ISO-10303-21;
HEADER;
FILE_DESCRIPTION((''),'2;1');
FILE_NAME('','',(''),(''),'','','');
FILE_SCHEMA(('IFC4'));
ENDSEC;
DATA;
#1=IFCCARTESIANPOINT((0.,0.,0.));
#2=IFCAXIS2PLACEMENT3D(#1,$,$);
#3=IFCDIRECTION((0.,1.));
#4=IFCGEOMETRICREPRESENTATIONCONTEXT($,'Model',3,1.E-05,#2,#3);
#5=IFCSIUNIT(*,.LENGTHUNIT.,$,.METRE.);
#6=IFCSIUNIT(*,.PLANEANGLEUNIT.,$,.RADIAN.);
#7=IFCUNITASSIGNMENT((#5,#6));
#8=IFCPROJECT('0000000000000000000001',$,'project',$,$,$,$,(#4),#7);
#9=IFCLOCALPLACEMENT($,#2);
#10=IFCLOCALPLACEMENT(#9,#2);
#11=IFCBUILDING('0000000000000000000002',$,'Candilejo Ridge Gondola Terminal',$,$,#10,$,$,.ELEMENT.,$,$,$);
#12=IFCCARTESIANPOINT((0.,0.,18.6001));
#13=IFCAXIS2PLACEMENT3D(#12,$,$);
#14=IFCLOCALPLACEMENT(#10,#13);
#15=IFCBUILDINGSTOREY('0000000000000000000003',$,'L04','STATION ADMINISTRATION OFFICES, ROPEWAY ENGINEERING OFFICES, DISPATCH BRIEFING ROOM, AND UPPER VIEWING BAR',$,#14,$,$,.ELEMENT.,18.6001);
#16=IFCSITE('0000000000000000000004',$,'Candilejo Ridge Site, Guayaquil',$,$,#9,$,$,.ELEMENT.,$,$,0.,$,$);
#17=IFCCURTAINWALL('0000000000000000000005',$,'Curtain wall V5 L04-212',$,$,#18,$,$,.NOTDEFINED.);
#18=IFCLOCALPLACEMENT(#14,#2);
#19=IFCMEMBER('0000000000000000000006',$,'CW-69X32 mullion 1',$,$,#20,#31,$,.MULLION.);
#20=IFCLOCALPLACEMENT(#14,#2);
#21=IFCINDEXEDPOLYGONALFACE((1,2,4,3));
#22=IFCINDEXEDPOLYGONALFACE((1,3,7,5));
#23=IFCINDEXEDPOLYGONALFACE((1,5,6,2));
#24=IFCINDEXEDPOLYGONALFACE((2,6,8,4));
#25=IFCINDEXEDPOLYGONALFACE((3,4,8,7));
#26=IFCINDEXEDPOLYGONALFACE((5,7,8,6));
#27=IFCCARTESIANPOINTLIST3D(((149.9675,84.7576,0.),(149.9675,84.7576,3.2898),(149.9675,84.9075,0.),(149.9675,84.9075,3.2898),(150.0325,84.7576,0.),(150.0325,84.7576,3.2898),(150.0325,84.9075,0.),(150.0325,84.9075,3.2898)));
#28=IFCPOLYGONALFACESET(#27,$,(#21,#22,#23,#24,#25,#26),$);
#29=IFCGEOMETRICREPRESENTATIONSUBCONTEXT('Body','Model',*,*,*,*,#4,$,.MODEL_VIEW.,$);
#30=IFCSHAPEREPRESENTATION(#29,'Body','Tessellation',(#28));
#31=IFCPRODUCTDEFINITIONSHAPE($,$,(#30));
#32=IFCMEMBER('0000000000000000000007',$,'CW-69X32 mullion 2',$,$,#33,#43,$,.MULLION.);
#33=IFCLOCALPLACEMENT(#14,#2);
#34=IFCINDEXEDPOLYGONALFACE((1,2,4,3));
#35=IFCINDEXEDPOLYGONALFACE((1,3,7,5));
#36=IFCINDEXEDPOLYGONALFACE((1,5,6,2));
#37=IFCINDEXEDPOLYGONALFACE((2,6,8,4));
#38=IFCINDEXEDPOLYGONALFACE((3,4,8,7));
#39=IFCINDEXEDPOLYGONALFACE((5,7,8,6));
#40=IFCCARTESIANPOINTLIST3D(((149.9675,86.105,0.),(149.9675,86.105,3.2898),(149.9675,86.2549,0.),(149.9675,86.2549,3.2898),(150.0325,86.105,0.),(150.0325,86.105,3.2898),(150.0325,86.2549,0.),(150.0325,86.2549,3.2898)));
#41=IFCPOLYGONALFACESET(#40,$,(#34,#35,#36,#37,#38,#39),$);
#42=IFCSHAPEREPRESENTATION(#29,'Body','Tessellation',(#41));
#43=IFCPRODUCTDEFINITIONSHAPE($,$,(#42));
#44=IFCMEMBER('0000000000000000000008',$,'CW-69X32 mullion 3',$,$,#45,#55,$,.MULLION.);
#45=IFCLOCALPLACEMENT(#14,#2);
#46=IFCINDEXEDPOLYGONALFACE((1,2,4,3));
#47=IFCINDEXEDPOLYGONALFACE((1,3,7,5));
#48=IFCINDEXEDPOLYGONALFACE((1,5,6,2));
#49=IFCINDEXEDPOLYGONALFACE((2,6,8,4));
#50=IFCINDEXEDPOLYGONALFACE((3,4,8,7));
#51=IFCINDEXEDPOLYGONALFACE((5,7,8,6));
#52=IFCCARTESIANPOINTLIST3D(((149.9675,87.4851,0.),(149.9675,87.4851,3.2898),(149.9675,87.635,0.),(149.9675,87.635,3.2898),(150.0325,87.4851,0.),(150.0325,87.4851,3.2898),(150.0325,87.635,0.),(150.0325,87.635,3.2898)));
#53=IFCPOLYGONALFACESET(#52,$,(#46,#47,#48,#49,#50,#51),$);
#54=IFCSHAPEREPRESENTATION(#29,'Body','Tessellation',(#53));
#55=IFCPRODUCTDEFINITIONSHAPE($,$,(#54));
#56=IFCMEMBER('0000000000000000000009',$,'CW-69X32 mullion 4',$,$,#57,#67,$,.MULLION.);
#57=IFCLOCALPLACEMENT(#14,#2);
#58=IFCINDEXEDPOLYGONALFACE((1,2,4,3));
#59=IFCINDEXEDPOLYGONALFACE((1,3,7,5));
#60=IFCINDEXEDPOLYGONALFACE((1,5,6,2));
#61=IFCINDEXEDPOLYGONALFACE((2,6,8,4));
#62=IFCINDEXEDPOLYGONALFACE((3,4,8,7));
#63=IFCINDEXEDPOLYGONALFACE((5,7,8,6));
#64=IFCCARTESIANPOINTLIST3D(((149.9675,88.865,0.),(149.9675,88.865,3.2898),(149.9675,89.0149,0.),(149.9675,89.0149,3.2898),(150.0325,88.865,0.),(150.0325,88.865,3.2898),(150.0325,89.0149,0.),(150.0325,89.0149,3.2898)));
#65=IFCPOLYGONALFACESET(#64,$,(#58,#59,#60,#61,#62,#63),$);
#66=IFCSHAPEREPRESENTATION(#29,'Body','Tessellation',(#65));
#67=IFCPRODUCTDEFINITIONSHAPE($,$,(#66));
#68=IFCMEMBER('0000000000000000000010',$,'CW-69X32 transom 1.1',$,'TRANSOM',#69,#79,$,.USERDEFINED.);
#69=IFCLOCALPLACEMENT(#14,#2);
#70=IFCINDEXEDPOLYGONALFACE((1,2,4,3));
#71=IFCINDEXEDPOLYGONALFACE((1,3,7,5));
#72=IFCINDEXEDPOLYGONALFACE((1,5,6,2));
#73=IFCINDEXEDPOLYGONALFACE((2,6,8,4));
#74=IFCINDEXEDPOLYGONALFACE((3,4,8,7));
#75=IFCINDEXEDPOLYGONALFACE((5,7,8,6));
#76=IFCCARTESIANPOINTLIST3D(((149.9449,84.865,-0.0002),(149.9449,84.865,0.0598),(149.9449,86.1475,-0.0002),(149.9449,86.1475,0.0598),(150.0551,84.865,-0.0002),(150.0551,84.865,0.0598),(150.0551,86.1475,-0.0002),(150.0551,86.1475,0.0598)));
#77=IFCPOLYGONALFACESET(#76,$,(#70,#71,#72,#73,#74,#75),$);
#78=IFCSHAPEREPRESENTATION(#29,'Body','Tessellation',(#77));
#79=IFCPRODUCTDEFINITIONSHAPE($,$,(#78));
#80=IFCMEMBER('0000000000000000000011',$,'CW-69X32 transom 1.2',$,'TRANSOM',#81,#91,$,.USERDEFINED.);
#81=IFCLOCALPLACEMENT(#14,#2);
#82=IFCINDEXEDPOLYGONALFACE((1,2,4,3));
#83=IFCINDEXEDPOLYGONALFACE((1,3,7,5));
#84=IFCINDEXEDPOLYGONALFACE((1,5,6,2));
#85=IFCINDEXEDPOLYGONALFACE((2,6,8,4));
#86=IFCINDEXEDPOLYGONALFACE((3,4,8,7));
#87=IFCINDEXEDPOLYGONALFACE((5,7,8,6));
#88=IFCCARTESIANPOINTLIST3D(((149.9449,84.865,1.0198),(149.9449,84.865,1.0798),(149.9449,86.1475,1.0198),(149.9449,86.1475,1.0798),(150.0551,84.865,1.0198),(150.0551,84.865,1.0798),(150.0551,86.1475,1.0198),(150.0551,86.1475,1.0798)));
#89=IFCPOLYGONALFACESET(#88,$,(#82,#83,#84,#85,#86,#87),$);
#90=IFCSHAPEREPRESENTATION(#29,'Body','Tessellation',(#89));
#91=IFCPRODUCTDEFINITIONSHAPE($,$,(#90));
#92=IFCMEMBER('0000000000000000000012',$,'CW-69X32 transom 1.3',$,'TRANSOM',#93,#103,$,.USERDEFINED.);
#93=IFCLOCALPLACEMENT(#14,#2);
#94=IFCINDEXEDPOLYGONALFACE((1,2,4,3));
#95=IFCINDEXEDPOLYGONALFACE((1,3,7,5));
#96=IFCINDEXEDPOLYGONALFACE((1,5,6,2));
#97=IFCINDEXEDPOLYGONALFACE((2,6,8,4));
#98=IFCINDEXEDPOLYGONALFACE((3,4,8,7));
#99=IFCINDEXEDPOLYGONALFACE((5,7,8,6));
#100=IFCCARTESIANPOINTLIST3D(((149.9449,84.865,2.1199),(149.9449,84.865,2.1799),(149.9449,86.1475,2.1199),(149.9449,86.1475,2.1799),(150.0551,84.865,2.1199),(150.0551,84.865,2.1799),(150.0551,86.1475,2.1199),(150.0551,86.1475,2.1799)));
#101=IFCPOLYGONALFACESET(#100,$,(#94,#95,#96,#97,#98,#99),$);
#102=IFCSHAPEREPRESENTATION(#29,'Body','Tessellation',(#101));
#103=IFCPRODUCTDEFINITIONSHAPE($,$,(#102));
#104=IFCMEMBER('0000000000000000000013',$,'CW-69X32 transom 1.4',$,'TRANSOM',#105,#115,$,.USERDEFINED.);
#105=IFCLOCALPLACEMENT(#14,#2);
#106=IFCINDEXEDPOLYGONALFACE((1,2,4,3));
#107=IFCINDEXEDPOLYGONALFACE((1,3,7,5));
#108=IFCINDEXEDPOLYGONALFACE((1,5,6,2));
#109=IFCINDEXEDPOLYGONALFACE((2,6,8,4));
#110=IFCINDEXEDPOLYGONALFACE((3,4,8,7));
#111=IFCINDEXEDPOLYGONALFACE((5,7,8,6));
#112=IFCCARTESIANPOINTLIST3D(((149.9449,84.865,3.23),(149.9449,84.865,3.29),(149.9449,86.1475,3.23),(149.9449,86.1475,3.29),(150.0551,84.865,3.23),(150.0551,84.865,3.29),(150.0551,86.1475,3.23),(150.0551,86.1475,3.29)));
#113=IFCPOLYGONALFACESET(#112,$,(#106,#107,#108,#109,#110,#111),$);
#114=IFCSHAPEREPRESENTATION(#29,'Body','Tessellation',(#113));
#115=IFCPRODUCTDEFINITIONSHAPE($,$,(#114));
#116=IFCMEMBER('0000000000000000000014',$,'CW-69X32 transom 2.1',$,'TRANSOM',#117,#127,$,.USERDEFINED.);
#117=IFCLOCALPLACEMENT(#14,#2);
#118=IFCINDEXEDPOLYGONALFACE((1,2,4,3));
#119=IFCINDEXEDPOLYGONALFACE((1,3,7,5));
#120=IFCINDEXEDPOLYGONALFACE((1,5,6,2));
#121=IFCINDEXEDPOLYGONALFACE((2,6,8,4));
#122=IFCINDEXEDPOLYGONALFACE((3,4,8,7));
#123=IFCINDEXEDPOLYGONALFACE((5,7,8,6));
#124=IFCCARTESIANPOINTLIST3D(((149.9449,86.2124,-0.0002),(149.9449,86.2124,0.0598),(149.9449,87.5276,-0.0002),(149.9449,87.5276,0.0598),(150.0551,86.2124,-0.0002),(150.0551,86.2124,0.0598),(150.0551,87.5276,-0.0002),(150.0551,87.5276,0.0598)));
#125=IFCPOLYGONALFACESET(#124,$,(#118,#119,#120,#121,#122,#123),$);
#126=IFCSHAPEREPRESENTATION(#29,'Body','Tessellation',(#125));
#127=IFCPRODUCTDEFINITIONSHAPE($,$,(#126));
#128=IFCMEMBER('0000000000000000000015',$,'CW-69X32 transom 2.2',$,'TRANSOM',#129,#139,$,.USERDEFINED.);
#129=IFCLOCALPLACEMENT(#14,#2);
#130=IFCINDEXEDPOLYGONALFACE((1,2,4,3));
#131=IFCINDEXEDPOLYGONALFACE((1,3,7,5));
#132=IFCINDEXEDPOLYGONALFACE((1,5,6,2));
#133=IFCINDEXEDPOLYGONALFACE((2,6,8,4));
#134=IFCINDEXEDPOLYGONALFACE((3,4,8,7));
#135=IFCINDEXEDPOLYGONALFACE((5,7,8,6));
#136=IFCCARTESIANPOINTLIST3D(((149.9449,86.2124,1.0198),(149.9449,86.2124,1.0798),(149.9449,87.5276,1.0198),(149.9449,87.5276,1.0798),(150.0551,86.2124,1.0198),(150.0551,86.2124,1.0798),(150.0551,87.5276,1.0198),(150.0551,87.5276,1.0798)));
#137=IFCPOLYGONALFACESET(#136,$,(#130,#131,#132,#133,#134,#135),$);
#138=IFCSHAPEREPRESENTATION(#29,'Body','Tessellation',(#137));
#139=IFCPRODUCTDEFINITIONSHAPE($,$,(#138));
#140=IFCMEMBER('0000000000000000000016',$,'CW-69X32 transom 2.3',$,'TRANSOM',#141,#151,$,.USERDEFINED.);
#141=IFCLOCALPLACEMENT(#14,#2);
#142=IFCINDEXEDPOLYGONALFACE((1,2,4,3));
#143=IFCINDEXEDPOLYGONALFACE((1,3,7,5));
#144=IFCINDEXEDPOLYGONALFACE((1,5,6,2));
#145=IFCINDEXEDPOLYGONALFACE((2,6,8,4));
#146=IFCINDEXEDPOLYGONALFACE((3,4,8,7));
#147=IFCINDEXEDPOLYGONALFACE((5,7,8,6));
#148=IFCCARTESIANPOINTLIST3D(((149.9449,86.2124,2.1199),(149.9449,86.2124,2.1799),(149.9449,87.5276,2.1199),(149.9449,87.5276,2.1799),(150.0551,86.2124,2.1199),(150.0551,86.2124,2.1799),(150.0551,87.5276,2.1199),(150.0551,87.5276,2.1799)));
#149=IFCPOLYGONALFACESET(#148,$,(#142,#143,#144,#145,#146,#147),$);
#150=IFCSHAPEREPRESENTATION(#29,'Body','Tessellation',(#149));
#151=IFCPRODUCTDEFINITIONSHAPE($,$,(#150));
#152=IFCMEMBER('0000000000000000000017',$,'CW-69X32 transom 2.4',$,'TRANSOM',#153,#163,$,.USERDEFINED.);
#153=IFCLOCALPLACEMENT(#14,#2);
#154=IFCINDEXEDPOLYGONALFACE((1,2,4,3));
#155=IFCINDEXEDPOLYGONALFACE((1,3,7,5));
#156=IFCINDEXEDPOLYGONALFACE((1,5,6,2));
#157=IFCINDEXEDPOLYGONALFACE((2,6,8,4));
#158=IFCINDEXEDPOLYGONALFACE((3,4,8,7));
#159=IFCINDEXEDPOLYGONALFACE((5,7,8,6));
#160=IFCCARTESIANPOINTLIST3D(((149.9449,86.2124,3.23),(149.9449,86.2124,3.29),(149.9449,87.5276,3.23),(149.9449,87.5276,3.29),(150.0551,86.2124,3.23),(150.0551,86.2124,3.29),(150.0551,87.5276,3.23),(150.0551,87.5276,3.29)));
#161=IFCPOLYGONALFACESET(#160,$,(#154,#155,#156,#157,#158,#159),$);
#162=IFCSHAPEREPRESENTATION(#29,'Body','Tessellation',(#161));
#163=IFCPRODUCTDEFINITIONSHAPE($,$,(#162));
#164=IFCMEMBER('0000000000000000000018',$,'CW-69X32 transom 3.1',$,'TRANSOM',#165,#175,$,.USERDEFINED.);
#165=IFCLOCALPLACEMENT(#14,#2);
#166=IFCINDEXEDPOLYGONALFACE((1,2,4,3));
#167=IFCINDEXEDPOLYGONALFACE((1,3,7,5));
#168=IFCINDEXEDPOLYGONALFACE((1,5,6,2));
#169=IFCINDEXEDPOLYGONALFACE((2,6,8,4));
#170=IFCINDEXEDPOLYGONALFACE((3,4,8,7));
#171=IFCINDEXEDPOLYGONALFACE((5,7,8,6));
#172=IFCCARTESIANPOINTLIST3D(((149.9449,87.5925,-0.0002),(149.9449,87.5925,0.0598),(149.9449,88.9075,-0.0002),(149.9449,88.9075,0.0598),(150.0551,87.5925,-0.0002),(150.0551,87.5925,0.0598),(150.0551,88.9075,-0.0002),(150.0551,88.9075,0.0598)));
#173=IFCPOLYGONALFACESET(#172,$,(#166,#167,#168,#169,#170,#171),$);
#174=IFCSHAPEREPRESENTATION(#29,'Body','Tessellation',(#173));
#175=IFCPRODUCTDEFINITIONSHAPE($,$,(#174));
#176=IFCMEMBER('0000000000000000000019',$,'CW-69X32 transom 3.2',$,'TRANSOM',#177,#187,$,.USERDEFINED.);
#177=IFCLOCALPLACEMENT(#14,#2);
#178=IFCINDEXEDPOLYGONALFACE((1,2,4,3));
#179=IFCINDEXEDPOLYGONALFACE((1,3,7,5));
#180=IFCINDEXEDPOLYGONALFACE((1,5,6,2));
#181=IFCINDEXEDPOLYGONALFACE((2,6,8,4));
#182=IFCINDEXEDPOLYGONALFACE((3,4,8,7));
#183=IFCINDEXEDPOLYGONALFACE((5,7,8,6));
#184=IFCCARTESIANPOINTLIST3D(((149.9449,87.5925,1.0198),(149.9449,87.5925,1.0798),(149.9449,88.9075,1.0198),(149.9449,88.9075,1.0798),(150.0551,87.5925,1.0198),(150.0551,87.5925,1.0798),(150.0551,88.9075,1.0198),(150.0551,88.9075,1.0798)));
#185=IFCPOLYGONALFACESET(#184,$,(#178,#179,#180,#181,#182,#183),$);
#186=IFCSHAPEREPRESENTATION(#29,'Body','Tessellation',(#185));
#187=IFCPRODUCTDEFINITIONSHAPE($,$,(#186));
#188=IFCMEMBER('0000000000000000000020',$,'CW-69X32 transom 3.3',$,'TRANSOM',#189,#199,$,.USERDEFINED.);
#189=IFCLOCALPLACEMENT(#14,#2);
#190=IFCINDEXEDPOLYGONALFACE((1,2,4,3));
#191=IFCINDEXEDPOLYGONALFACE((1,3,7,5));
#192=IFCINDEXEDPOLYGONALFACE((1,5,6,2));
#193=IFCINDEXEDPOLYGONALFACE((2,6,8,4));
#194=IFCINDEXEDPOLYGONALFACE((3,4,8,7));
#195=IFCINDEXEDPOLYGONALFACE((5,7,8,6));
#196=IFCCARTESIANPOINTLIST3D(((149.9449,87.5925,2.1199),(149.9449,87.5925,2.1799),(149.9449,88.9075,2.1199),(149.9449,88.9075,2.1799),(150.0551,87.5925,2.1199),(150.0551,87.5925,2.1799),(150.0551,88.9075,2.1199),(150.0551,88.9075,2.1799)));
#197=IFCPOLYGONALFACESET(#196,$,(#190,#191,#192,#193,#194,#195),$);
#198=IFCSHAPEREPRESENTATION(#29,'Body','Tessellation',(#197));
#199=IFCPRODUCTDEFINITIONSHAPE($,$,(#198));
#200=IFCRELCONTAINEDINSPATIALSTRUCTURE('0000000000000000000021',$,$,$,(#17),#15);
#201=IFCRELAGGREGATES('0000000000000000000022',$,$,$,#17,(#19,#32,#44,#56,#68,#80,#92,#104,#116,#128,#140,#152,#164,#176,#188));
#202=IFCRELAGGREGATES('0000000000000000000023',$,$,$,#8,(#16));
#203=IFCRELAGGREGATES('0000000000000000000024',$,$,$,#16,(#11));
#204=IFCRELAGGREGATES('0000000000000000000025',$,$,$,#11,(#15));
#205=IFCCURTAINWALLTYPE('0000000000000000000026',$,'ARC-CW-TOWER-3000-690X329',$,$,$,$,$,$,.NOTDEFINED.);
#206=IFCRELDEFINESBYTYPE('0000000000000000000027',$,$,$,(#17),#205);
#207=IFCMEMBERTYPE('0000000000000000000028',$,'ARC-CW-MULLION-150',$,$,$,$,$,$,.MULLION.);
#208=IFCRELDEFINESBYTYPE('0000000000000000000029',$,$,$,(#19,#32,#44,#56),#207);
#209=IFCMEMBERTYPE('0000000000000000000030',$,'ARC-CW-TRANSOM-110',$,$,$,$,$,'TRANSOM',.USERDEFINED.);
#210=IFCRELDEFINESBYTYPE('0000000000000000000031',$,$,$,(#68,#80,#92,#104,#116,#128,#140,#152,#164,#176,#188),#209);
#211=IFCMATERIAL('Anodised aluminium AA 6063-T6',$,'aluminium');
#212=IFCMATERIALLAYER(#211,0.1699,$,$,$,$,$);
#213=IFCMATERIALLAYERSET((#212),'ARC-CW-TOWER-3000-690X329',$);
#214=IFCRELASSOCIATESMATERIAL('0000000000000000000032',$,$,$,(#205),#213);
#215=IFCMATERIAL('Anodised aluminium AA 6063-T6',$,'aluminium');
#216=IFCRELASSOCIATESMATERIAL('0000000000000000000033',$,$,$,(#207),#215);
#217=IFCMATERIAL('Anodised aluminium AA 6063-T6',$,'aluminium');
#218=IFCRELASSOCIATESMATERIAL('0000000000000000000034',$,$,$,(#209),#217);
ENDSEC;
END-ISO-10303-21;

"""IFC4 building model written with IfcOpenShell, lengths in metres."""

from ifc_helpers import new_model, si_unit, direction, frame, origin, origin_2d, place, context, subcontext, project, spatial, rectangle, extrude, material, layer, layer_set, material_profile, profile_set, type_object, element, aggregate, save


model = new_model("IFC4")

# Units and contexts
model_context = context("Model", 3, precision=1e-05, world=origin(), true_north=direction((0.0, 1.0)))
body_context = subcontext(model_context, "Body", "Model", "MODEL_VIEW")
ifc_project = project(units=[si_unit("LENGTHUNIT", "METRE"), si_unit("PLANEANGLEUNIT", "RADIAN")], contexts=[model_context])

# Site, building, storey
site_placement = place(None, origin())
site = spatial("IfcSite", under=ifc_project, at=site_placement, Name="Candilejo Ridge Site, Guayaquil", CompositionType="ELEMENT", RefElevation=0.0)
building_placement = place(site_placement, origin())
building = spatial("IfcBuilding", under=site, at=building_placement, Name="Candilejo Ridge Gondola Terminal", CompositionType="ELEMENT")
storey_placement = place(building_placement, frame((0.0, 0.0, 18.6001)))
storey = spatial("IfcBuildingStorey", under=building, at=storey_placement, Name="L04", Description="STATION ADMINISTRATION OFFICES, ROPEWAY ENGINEERING OFFICES, DISPATCH BRIEFING ROOM, AND UPPER VIEWING BAR", CompositionType="ELEMENT", Elevation=18.6001)

# Curtain wall, members
ifc_material_1 = material(Name="Anodised aluminium AA 6063-T6", Category="aluminium")
ifc_layer_1 = layer(ifc_material_1, 0.1699)
ifc_layer_set_1 = layer_set([ifc_layer_1], Name="ARC-CW-TOWER-3000-690X329")
curtain_wall_type = type_object("IfcCurtainWallType", Name="ARC-CW-TOWER-3000-690X329", PredefinedType="NOTDEFINED", material=ifc_layer_set_1)
curtain_wall_placement = place(storey_placement, origin())
curtain_wall = element("IfcCurtainWall", 1, at=curtain_wall_placement, inside=storey, type_object=curtain_wall_type, Name="Curtain wall V5 L04-212", PredefinedType="NOTDEFINED")
ifc_material_2 = material(Name="Anodised aluminium AA 6063-T6", Category="aluminium")
ifc_material_profile_1 = material_profile(ifc_material_2, rectangle(XDim=0.0649, YDim=0.1499, at=origin_2d()))
ifc_profile_set_1 = profile_set([ifc_material_profile_1], Name="Anodised aluminium AA 6063-T6")
member_type_1 = type_object("IfcMemberType", Name="ARC-CW-MULLION-150", PredefinedType="MULLION", material=ifc_profile_set_1)
member_1_placement = place(storey_placement, frame((150.0, 84.8325, 0.0), z_axis=(0.0, 0.0, 1.0), x_axis=(-1.0, 0.0, 0.0)))
member_1 = element("IfcMember", 2, at=member_1_placement, type_object=member_type_1, Name="CW-69X32 mullion 1", PredefinedType="MULLION", context=body_context, shape_type="SweptSolid", body=[
    extrude(rectangle(XDim=0.0649, YDim=0.1499, at=origin_2d()), origin(), (0.0, 0.0, 1.0), 3.2898),
])
member_2_placement = place(storey_placement, frame((150.0, 86.1799, 0.0), z_axis=(0.0, 0.0, 1.0), x_axis=(-1.0, 0.0, 0.0)))
member_2 = element("IfcMember", 3, at=member_2_placement, type_object=member_type_1, Name="CW-69X32 mullion 2", PredefinedType="MULLION", context=body_context, shape_type="SweptSolid", body=[
    extrude(rectangle(XDim=0.0649, YDim=0.1499, at=origin_2d()), origin(), (0.0, 0.0, 1.0), 3.2898),
])
member_3_placement = place(storey_placement, frame((150.0, 87.5601, 0.0), z_axis=(0.0, 0.0, 1.0), x_axis=(-1.0, 0.0, 0.0)))
member_3 = element("IfcMember", 4, at=member_3_placement, type_object=member_type_1, Name="CW-69X32 mullion 3", PredefinedType="MULLION", context=body_context, shape_type="SweptSolid", body=[
    extrude(rectangle(XDim=0.0649, YDim=0.1499, at=origin_2d()), origin(), (0.0, 0.0, 1.0), 3.2898),
])
member_4_placement = place(storey_placement, frame((150.0, 88.9399, 0.0), z_axis=(0.0, 0.0, 1.0), x_axis=(-1.0, 0.0, 0.0)))
member_4 = element("IfcMember", 5, at=member_4_placement, type_object=member_type_1, Name="CW-69X32 mullion 4", PredefinedType="MULLION", context=body_context, shape_type="SweptSolid", body=[
    extrude(rectangle(XDim=0.0649, YDim=0.1499, at=origin_2d()), origin(), (0.0, 0.0, 1.0), 3.2898),
])
ifc_material_3 = material(Name="Anodised aluminium AA 6063-T6", Category="aluminium")
ifc_material_profile_2 = material_profile(ifc_material_3, rectangle(XDim=0.1101, YDim=0.0601, at=origin_2d()))
ifc_profile_set_2 = profile_set([ifc_material_profile_2], Name="Anodised aluminium AA 6063-T6")
member_type_2 = type_object("IfcMemberType", Name="ARC-CW-TRANSOM-110", ElementType="TRANSOM", PredefinedType="USERDEFINED", material=ifc_profile_set_2)
member_5_placement = place(storey_placement, frame((150.0, 84.865, 0.0298), z_axis=(0.0, 1.0, 0.0), x_axis=(-1.0, 0.0, 0.0)))
member_5 = element("IfcMember", 6, at=member_5_placement, type_object=member_type_2, Name="CW-69X32 transom 1.1", ObjectType="TRANSOM", PredefinedType="USERDEFINED", context=body_context, shape_type="SweptSolid", body=[
    extrude(rectangle(XDim=0.1101, YDim=0.0601, at=origin_2d()), origin(), (0.0, 0.0, 1.0), 1.2825),
])
member_6_placement = place(storey_placement, frame((150.0, 84.865, 1.0498), z_axis=(0.0, 1.0, 0.0), x_axis=(-1.0, 0.0, 0.0)))
member_6 = element("IfcMember", 7, at=member_6_placement, type_object=member_type_2, Name="CW-69X32 transom 1.2", ObjectType="TRANSOM", PredefinedType="USERDEFINED", context=body_context, shape_type="SweptSolid", body=[
    extrude(rectangle(XDim=0.1101, YDim=0.0601, at=origin_2d()), origin(), (0.0, 0.0, 1.0), 1.2825),
])
member_7_placement = place(storey_placement, frame((150.0, 84.865, 2.1499), z_axis=(0.0, 1.0, 0.0), x_axis=(-1.0, 0.0, 0.0)))
member_7 = element("IfcMember", 8, at=member_7_placement, type_object=member_type_2, Name="CW-69X32 transom 1.3", ObjectType="TRANSOM", PredefinedType="USERDEFINED", context=body_context, shape_type="SweptSolid", body=[
    extrude(rectangle(XDim=0.1101, YDim=0.0601, at=origin_2d()), origin(), (0.0, 0.0, 1.0), 1.2825),
])
member_8_placement = place(storey_placement, frame((150.0, 84.865, 3.26), z_axis=(0.0, 1.0, 0.0), x_axis=(-1.0, 0.0, 0.0)))
member_8 = element("IfcMember", 9, at=member_8_placement, type_object=member_type_2, Name="CW-69X32 transom 1.4", ObjectType="TRANSOM", PredefinedType="USERDEFINED", context=body_context, shape_type="SweptSolid", body=[
    extrude(rectangle(XDim=0.1101, YDim=0.0601, at=origin_2d()), origin(), (0.0, 0.0, 1.0), 1.2825),
])
member_9_placement = place(storey_placement, frame((150.0, 86.2124, 0.0298), z_axis=(0.0, 1.0, 0.0), x_axis=(-1.0, 0.0, 0.0)))
member_9 = element("IfcMember", 10, at=member_9_placement, type_object=member_type_2, Name="CW-69X32 transom 2.1", ObjectType="TRANSOM", PredefinedType="USERDEFINED", context=body_context, shape_type="SweptSolid", body=[
    extrude(rectangle(XDim=0.1101, YDim=0.0601, at=origin_2d()), origin(), (0.0, 0.0, 1.0), 1.3152),
])
member_10_placement = place(storey_placement, frame((150.0, 86.2124, 1.0498), z_axis=(0.0, 1.0, 0.0), x_axis=(-1.0, 0.0, 0.0)))
member_10 = element("IfcMember", 11, at=member_10_placement, type_object=member_type_2, Name="CW-69X32 transom 2.2", ObjectType="TRANSOM", PredefinedType="USERDEFINED", context=body_context, shape_type="SweptSolid", body=[
    extrude(rectangle(XDim=0.1101, YDim=0.0601, at=origin_2d()), origin(), (0.0, 0.0, 1.0), 1.3152),
])
member_11_placement = place(storey_placement, frame((150.0, 86.2124, 2.1499), z_axis=(0.0, 1.0, 0.0), x_axis=(-1.0, 0.0, 0.0)))
member_11 = element("IfcMember", 12, at=member_11_placement, type_object=member_type_2, Name="CW-69X32 transom 2.3", ObjectType="TRANSOM", PredefinedType="USERDEFINED", context=body_context, shape_type="SweptSolid", body=[
    extrude(rectangle(XDim=0.1101, YDim=0.0601, at=origin_2d()), origin(), (0.0, 0.0, 1.0), 1.3152),
])
member_12_placement = place(storey_placement, frame((150.0, 86.2124, 3.26), z_axis=(0.0, 1.0, 0.0), x_axis=(-1.0, 0.0, 0.0)))
member_12 = element("IfcMember", 13, at=member_12_placement, type_object=member_type_2, Name="CW-69X32 transom 2.4", ObjectType="TRANSOM", PredefinedType="USERDEFINED", context=body_context, shape_type="SweptSolid", body=[
    extrude(rectangle(XDim=0.1101, YDim=0.0601, at=origin_2d()), origin(), (0.0, 0.0, 1.0), 1.3152),
])
member_13_placement = place(storey_placement, frame((150.0, 87.5925, 0.0298), z_axis=(0.0, 1.0, 0.0), x_axis=(-1.0, 0.0, 0.0)))
member_13 = element("IfcMember", 14, at=member_13_placement, type_object=member_type_2, Name="CW-69X32 transom 3.1", ObjectType="TRANSOM", PredefinedType="USERDEFINED", context=body_context, shape_type="SweptSolid", body=[
    extrude(rectangle(XDim=0.1101, YDim=0.0601, at=origin_2d()), origin(), (0.0, 0.0, 1.0), 1.3149),
])
member_14_placement = place(storey_placement, frame((150.0, 87.5925, 1.0498), z_axis=(0.0, 1.0, 0.0), x_axis=(-1.0, 0.0, 0.0)))
member_14 = element("IfcMember", 15, at=member_14_placement, type_object=member_type_2, Name="CW-69X32 transom 3.2", ObjectType="TRANSOM", PredefinedType="USERDEFINED", context=body_context, shape_type="SweptSolid", body=[
    extrude(rectangle(XDim=0.1101, YDim=0.0601, at=origin_2d()), origin(), (0.0, 0.0, 1.0), 1.3149),
])
member_15_placement = place(storey_placement, frame((150.0, 87.5925, 2.1499), z_axis=(0.0, 1.0, 0.0), x_axis=(-1.0, 0.0, 0.0)))
member_15 = element("IfcMember", 16, at=member_15_placement, type_object=member_type_2, Name="CW-69X32 transom 3.3", ObjectType="TRANSOM", PredefinedType="USERDEFINED", context=body_context, shape_type="SweptSolid", body=[
    extrude(rectangle(XDim=0.1101, YDim=0.0601, at=origin_2d()), origin(), (0.0, 0.0, 1.0), 1.3149),
])
aggregate(curtain_wall, [member_1, member_2, member_3, member_4, member_5, member_6, member_7, member_8, member_9, member_10, member_11, member_12, member_13, member_14, member_15])

save(model, "model.ifc")
